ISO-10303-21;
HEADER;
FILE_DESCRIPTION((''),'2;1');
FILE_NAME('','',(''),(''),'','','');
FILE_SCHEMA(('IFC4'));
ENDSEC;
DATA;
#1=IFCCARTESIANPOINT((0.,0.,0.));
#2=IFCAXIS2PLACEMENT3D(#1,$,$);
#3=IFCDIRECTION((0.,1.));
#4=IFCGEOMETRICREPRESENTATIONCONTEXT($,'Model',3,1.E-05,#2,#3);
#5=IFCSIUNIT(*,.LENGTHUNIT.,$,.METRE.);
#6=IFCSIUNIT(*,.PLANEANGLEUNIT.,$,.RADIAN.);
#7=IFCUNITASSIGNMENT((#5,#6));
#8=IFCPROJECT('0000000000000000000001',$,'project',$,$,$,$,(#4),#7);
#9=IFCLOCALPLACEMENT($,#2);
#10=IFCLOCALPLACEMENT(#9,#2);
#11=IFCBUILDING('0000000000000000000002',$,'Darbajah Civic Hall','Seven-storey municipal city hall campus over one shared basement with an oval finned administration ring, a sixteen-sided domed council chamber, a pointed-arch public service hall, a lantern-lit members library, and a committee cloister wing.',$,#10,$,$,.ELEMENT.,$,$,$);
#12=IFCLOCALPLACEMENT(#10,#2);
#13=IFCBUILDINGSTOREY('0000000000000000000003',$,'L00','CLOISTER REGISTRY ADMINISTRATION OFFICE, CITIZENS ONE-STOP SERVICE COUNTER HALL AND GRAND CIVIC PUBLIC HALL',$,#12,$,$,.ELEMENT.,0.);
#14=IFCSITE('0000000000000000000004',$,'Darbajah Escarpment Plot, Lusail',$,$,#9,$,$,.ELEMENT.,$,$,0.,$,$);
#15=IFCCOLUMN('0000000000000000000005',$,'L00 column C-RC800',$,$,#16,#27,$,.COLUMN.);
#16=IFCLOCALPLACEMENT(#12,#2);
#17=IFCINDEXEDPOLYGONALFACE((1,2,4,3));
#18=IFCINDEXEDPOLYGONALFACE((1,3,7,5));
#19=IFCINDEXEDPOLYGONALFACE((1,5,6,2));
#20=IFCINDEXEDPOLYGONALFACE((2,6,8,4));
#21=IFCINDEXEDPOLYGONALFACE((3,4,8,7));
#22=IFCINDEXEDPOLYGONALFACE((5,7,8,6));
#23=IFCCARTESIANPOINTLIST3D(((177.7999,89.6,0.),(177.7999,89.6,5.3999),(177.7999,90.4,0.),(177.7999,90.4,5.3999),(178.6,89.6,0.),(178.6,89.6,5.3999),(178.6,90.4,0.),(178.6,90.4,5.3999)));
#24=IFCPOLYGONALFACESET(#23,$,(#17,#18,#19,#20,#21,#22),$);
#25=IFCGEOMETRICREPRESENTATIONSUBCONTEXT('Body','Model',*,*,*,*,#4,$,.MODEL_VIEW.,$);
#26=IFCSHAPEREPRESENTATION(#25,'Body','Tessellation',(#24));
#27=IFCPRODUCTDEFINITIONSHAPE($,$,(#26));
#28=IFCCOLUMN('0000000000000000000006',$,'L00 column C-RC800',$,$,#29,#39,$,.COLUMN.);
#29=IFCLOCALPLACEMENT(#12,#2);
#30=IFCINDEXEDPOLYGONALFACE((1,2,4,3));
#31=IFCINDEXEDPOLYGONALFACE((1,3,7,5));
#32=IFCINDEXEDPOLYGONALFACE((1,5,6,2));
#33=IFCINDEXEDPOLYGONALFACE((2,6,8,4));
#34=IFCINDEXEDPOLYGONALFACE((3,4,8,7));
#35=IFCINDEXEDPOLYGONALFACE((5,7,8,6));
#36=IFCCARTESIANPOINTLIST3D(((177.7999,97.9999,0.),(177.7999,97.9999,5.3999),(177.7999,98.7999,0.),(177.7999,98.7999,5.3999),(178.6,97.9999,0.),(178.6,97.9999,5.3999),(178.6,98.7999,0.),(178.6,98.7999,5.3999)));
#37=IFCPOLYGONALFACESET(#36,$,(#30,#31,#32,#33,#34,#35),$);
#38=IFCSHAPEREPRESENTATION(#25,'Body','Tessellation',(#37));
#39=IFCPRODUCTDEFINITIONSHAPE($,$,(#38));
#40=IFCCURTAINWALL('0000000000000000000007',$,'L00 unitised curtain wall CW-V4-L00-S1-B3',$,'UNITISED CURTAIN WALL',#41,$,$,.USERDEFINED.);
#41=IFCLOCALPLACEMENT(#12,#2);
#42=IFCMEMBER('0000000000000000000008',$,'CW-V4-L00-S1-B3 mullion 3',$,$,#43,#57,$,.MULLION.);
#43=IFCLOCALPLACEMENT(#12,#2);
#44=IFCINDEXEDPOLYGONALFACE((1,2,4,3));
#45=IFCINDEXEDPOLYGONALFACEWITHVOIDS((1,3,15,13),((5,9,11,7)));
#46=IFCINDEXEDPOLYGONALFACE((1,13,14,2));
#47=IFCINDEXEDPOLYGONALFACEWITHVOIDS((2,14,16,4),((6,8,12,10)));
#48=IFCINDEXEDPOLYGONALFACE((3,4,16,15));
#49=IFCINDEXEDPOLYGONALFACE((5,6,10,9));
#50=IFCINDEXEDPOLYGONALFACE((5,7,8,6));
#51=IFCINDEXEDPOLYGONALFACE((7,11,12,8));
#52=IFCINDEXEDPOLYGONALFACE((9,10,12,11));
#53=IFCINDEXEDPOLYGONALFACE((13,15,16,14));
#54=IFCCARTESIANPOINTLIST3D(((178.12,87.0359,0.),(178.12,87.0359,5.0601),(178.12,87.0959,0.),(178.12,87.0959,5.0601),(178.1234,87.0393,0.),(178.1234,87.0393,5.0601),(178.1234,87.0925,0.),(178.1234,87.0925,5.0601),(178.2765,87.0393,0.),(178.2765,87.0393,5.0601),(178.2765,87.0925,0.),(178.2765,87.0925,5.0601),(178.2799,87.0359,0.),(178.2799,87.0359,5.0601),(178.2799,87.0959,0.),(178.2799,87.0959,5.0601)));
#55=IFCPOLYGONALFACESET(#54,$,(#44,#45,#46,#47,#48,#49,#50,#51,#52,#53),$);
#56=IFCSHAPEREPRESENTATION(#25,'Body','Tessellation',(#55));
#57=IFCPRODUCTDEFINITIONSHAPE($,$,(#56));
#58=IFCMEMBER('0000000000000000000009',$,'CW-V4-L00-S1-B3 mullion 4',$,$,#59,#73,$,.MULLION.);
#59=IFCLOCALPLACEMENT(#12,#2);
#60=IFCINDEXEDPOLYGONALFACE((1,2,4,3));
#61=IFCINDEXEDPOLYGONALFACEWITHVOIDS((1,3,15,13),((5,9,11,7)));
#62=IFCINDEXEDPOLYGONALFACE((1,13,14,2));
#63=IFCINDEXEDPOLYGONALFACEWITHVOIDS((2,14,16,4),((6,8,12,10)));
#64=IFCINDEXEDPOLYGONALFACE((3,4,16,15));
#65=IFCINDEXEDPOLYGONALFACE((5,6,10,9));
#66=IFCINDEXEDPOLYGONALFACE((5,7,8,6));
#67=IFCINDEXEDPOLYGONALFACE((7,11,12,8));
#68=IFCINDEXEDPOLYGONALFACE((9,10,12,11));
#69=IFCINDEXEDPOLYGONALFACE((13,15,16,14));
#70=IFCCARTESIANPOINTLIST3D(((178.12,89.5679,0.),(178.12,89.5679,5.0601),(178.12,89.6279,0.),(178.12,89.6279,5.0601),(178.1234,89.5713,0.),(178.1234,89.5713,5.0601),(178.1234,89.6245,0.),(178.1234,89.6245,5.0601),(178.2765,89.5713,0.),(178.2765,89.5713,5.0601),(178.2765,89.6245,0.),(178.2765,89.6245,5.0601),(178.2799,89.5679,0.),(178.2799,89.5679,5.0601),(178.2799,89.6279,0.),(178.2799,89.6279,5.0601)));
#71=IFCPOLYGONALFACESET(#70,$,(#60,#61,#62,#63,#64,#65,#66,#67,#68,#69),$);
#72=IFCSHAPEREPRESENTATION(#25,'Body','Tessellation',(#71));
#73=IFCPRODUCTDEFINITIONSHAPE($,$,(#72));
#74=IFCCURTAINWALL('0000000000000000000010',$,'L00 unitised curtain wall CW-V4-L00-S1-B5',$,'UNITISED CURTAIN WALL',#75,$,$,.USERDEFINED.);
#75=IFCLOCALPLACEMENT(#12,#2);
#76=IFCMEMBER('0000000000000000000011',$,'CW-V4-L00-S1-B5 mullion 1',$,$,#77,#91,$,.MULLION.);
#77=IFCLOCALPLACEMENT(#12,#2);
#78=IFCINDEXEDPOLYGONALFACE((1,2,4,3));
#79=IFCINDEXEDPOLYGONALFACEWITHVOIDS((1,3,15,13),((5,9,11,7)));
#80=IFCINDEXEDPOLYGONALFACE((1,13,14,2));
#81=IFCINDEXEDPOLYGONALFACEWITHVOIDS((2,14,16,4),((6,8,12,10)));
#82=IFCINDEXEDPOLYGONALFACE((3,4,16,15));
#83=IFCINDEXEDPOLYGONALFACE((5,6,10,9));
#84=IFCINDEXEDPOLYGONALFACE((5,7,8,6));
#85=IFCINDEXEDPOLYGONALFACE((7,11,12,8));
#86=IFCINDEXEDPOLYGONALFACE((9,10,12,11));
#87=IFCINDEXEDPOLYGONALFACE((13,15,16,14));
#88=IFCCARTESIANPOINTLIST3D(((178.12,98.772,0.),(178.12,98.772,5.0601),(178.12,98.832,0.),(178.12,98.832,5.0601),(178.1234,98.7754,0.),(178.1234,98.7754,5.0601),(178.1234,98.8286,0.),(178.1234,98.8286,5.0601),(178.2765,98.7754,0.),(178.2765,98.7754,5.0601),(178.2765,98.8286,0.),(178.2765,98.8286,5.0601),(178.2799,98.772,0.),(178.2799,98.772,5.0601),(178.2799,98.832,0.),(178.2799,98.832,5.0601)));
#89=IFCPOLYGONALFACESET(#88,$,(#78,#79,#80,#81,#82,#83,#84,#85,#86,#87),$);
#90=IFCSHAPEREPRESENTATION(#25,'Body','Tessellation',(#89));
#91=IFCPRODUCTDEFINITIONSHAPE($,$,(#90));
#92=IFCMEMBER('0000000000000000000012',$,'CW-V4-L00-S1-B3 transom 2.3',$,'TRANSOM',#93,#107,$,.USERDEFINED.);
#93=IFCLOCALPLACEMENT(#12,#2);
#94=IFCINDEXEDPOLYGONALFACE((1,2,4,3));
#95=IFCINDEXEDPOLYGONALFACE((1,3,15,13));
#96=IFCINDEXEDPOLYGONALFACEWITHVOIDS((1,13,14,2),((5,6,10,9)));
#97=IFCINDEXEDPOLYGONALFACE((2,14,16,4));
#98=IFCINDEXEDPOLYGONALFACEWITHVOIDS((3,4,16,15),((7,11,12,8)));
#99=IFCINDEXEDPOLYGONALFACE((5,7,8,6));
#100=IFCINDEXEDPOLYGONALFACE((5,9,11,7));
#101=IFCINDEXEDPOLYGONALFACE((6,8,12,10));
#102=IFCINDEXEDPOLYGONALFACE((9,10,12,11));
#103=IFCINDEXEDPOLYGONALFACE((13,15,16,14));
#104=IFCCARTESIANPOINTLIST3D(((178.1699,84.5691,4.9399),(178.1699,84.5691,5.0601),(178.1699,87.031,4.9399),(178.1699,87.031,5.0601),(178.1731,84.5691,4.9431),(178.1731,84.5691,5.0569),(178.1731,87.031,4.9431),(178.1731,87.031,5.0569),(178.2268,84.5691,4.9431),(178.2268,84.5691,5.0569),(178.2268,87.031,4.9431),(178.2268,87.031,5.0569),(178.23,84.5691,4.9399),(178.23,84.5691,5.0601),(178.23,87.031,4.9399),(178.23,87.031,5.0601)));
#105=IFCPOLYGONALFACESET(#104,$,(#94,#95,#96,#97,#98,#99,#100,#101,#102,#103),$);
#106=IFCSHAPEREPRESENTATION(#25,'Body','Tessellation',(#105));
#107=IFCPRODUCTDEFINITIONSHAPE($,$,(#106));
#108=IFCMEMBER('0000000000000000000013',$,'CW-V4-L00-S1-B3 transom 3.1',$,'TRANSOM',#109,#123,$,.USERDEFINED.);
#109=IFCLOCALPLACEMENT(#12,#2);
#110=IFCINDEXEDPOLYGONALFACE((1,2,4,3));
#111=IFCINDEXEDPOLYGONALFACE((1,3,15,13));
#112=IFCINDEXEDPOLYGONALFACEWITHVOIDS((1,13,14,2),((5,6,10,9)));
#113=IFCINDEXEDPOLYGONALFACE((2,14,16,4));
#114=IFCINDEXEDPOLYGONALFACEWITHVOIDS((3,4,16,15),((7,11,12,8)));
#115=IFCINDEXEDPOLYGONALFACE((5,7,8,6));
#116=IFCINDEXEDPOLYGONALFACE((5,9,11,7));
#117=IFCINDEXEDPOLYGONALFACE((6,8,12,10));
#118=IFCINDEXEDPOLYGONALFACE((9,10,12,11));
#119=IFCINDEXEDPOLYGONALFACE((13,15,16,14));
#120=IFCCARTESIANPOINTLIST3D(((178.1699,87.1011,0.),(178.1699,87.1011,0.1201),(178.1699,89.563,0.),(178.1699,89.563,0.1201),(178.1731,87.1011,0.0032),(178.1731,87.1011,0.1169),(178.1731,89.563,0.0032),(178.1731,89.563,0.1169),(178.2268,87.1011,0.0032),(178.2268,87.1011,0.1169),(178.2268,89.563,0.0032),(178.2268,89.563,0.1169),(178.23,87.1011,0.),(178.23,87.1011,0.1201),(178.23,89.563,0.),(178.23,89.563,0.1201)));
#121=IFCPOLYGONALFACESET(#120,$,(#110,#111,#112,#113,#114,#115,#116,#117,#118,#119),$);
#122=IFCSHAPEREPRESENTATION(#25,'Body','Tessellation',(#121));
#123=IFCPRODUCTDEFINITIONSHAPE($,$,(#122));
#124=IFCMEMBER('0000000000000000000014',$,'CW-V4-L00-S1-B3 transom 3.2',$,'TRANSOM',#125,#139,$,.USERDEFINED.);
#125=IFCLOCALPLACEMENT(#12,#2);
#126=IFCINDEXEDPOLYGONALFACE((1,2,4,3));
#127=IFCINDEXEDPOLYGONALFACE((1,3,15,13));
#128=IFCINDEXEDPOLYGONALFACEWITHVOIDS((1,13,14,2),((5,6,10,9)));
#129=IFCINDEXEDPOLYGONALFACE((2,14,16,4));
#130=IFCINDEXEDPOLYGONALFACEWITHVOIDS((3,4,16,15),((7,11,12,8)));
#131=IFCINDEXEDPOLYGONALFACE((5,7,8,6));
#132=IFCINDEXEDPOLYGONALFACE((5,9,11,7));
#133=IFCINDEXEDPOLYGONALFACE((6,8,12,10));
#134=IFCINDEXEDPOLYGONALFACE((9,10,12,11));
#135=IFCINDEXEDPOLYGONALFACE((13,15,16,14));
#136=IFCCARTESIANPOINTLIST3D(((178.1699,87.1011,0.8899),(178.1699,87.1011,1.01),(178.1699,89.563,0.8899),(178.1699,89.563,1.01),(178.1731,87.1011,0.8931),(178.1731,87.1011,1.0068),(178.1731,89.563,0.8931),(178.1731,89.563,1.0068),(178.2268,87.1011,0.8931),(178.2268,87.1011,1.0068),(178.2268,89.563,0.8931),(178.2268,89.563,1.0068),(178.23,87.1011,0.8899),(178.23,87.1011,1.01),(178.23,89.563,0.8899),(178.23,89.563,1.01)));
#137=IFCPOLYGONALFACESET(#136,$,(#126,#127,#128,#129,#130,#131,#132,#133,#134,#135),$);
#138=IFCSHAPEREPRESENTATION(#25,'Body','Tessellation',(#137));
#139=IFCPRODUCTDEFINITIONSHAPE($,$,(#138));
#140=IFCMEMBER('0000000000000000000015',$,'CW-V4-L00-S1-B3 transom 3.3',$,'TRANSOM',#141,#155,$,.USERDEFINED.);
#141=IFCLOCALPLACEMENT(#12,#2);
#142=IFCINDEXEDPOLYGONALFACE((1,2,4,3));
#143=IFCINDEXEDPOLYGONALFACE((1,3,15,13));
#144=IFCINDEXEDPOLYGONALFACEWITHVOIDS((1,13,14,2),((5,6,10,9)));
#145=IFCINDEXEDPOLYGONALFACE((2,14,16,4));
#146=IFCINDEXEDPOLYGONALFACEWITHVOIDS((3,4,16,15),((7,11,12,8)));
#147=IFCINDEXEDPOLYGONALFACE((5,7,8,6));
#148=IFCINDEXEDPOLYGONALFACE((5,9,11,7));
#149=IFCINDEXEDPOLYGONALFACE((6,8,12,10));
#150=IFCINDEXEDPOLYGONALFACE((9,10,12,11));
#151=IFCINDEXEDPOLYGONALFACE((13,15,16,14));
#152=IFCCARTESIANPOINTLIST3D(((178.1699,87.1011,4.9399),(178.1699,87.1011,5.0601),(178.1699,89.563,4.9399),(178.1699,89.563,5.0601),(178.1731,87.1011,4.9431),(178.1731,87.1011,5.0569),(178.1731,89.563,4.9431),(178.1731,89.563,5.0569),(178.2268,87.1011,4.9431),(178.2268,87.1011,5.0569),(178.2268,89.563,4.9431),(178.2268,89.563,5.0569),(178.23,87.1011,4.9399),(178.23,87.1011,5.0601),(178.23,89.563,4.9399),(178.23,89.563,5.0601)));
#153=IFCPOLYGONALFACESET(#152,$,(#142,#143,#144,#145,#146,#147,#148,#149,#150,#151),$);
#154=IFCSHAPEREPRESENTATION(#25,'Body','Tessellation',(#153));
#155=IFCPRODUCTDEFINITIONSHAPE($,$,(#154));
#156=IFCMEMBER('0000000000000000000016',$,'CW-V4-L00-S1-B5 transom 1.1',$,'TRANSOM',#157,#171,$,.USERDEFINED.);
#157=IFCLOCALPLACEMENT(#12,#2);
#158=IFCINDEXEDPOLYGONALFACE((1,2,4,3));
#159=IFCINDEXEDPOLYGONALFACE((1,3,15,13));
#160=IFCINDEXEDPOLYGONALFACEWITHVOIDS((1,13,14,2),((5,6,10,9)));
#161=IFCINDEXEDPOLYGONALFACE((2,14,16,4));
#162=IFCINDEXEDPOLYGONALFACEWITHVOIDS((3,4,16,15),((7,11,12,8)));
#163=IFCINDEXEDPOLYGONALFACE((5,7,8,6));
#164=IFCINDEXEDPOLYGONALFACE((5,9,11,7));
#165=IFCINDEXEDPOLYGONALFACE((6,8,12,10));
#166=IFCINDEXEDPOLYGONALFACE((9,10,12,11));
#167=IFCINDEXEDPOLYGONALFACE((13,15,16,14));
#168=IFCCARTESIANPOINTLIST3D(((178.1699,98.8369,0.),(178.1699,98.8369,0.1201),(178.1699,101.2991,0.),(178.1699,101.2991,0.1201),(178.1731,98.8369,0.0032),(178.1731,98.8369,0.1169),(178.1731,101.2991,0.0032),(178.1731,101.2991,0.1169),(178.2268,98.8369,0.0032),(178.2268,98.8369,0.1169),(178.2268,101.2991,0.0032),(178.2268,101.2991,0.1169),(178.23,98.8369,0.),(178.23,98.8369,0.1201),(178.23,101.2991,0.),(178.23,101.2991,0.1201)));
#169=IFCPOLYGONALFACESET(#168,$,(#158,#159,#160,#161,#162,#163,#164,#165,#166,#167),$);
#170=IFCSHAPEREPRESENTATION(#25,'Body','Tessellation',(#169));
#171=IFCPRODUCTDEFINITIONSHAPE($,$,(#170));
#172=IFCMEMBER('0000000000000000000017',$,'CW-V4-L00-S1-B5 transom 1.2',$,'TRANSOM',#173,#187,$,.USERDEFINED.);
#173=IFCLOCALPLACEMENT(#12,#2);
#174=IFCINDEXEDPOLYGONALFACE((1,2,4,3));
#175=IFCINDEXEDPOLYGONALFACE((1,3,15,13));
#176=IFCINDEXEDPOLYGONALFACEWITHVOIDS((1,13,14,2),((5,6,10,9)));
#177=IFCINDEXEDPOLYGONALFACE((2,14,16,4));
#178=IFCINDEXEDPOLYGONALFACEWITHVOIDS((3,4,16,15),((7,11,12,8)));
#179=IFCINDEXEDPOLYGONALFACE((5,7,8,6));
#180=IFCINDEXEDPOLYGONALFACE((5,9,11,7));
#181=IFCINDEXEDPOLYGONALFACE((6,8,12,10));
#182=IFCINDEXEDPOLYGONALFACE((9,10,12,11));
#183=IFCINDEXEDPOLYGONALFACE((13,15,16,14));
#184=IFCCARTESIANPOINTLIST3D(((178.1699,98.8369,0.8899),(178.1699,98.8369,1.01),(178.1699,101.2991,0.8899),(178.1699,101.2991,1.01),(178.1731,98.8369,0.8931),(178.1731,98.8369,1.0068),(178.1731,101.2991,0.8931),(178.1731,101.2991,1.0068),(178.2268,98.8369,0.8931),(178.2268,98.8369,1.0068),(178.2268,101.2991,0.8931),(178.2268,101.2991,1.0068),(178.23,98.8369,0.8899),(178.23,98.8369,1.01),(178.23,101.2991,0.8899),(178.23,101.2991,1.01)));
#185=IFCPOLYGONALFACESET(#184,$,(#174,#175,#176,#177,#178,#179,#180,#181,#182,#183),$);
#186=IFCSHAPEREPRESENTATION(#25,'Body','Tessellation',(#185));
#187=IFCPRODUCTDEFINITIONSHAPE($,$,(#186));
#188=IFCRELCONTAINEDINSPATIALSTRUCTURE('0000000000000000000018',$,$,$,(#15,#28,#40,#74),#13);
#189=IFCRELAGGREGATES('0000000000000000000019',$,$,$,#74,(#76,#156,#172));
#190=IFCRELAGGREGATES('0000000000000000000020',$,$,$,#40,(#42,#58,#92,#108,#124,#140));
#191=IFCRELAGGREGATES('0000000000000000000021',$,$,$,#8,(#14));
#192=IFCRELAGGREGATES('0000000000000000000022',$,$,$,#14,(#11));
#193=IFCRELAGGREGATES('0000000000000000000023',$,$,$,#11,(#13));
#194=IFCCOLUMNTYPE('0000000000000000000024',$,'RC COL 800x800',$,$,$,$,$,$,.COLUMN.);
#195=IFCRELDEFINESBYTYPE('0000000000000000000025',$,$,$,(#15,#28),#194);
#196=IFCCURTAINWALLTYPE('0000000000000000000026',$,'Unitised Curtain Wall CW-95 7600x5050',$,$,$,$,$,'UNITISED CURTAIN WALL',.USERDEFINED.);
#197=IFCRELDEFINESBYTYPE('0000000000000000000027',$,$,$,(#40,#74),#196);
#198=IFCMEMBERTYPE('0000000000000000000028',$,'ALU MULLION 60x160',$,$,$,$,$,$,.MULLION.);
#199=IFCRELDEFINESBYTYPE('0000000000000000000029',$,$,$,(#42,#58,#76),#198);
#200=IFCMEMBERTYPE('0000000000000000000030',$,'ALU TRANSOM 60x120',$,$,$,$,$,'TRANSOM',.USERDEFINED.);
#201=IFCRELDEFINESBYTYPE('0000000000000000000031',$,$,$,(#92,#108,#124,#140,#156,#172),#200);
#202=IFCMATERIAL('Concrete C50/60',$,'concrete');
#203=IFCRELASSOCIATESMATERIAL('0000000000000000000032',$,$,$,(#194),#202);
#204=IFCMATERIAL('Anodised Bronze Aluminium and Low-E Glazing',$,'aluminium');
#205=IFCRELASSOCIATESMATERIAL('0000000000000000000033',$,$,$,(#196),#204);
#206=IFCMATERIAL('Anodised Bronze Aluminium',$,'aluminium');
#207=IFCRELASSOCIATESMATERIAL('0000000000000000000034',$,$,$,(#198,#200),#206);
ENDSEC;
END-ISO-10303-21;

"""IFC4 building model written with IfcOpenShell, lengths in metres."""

from ifc_helpers import new_model, si_unit, direction, frame, origin, origin_2d, place, context, subcontext, project, spatial, rectangle, hollow_rectangle, extrude, material, material_profile, profile_set, type_object, element, aggregate, save


model = new_model("IFC4")

# Units and contexts
model_context = context("Model", 3, precision=1e-05, world=origin(), true_north=direction((0.0, 1.0)))
body_context = subcontext(model_context, "Body", "Model", "MODEL_VIEW")
ifc_project = project(units=[si_unit("LENGTHUNIT", "METRE"), si_unit("PLANEANGLEUNIT", "RADIAN")], contexts=[model_context])

# Site, building, storey
site_placement = place(None, origin())
site = spatial("IfcSite", under=ifc_project, at=site_placement, Name="Darbajah Escarpment Plot, Lusail", CompositionType="ELEMENT", RefElevation=0.0)
building_placement = place(site_placement, origin())
building = spatial("IfcBuilding", under=site, at=building_placement, Name="Darbajah Civic Hall", Description="Seven-storey municipal city hall campus over one shared basement with an oval finned administration ring, a sixteen-sided domed council chamber, a pointed-arch public service hall, a lantern-lit members library, and a committee cloister wing.", CompositionType="ELEMENT")
storey_placement = place(building_placement, origin())
storey = spatial("IfcBuildingStorey", under=building, at=storey_placement, Name="L00", Description="CLOISTER REGISTRY ADMINISTRATION OFFICE, CITIZENS ONE-STOP SERVICE COUNTER HALL AND GRAND CIVIC PUBLIC HALL", CompositionType="ELEMENT", Elevation=0.0)

# Columns
ifc_material_1 = material(Name="Concrete C50/60", Category="concrete")
ifc_material_profile_1 = material_profile(ifc_material_1, rectangle(XDim=0.8, YDim=0.8, at=origin_2d()), Name="RC COL 800x800")
ifc_profile_set_1 = profile_set([ifc_material_profile_1], Name="Concrete C50/60")
column_type = type_object("IfcColumnType", Name="RC COL 800x800", PredefinedType="COLUMN", material=ifc_profile_set_1)
for number, where, z_axis, x_axis, name in (
    (1, (178.2, 90.0, 0.0), (0.0, 0.0, 1.0), (1.0, 0.0, 0.0), "L00 column C-RC800"),
    (2, (178.2, 98.3999, 0.0), (0.0, 0.0, 1.0), (1.0, 0.0, 0.0), "L00 column C-RC800"),
):
    element("IfcColumn", number, at=place(storey_placement, frame(where, z_axis=z_axis, x_axis=x_axis)), inside=storey, type_object=column_type, Name=name, PredefinedType="COLUMN", context=body_context, shape_type="SweptSolid", body=[
        extrude(rectangle(XDim=0.8, YDim=0.8, at=origin_2d()), origin(), (0.0, 0.0, 1.0), 5.3999),
    ])

# Curtain wall, members
ifc_material_2 = material(Name="Anodised Bronze Aluminium and Low-E Glazing", Category="aluminium")
curtain_wall_type = type_object("IfcCurtainWallType", Name="Unitised Curtain Wall CW-95 7600x5050", ElementType="UNITISED CURTAIN WALL", PredefinedType="USERDEFINED", material=ifc_material_2)
curtain_wall_1_placement = place(storey_placement, origin())
curtain_wall_1 = element("IfcCurtainWall", 3, at=curtain_wall_1_placement, inside=storey, type_object=curtain_wall_type, Name="L00 unitised curtain wall CW-V4-L00-S1-B3", ObjectType="UNITISED CURTAIN WALL", PredefinedType="USERDEFINED")
ifc_material_3 = material(Name="Anodised Bronze Aluminium", Category="aluminium")
ifc_material_profile_2 = material_profile(ifc_material_3, hollow_rectangle(XDim=0.0601, YDim=0.1599, WallThickness=0.0034, at=origin_2d()), Name="ALU MULLION 60x160")
ifc_profile_set_2 = profile_set([ifc_material_profile_2], Name="Anodised Bronze Aluminium")
member_type_1 = type_object("IfcMemberType", Name="ALU MULLION 60x160", PredefinedType="MULLION", material=ifc_profile_set_2)
member_1_placement = place(storey_placement, frame((178.2, 87.0659, 0.0), z_axis=(0.0, 0.0, 1.0), x_axis=(0.0, 1.0, 0.0)))
member_1 = element("IfcMember", 4, at=member_1_placement, type_object=member_type_1, Name="CW-V4-L00-S1-B3 mullion 3", PredefinedType="MULLION", context=body_context, shape_type="SweptSolid", body=[
    extrude(hollow_rectangle(XDim=0.0601, YDim=0.1599, WallThickness=0.0034, at=origin_2d()), origin(), (0.0, 0.0, 1.0), 5.0601),
])
member_2_placement = place(storey_placement, frame((178.2, 89.5979, 0.0), z_axis=(0.0, 0.0, 1.0), x_axis=(0.0, 1.0, 0.0)))
member_2 = element("IfcMember", 5, at=member_2_placement, type_object=member_type_1, Name="CW-V4-L00-S1-B3 mullion 4", PredefinedType="MULLION", context=body_context, shape_type="SweptSolid", body=[
    extrude(hollow_rectangle(XDim=0.0601, YDim=0.1599, WallThickness=0.0034, at=origin_2d()), origin(), (0.0, 0.0, 1.0), 5.0601),
])

# Curtain wall, member
curtain_wall_2_placement = place(storey_placement, origin())
curtain_wall_2 = element("IfcCurtainWall", 6, at=curtain_wall_2_placement, inside=storey, type_object=curtain_wall_type, Name="L00 unitised curtain wall CW-V4-L00-S1-B5", ObjectType="UNITISED CURTAIN WALL", PredefinedType="USERDEFINED")
member_3_placement = place(storey_placement, frame((178.2, 98.802, 0.0), z_axis=(0.0, 0.0, 1.0), x_axis=(0.0, 1.0, 0.0)))
member_3 = element("IfcMember", 7, at=member_3_placement, type_object=member_type_1, Name="CW-V4-L00-S1-B5 mullion 1", PredefinedType="MULLION", context=body_context, shape_type="SweptSolid", body=[
    extrude(hollow_rectangle(XDim=0.0601, YDim=0.1599, WallThickness=0.0034, at=origin_2d()), origin(), (0.0, 0.0, 1.0), 5.0601),
])

# Members
ifc_material_profile_3 = material_profile(ifc_material_3, hollow_rectangle(XDim=0.0601, YDim=0.1201, WallThickness=0.0032, at=origin_2d()), Name="ALU TRANSOM 60x120")
ifc_profile_set_3 = profile_set([ifc_material_profile_3], Name="Anodised Bronze Aluminium")
member_type_2 = type_object("IfcMemberType", Name="ALU TRANSOM 60x120", ElementType="TRANSOM", PredefinedType="USERDEFINED", material=ifc_profile_set_3)
member_4_placement = place(storey_placement, frame((178.2, 84.5691, 5.0), z_axis=(0.0, 1.0, 0.0), x_axis=(-1.0, 0.0, 0.0)))
member_4 = element("IfcMember", 8, at=member_4_placement, type_object=member_type_2, Name="CW-V4-L00-S1-B3 transom 2.3", ObjectType="TRANSOM", PredefinedType="USERDEFINED", context=body_context, shape_type="SweptSolid", body=[
    extrude(hollow_rectangle(XDim=0.0601, YDim=0.1201, WallThickness=0.0032, at=origin_2d()), origin(), (0.0, 0.0, 1.0), 2.4619),
])
member_5_placement = place(storey_placement, frame((178.2, 87.1011, 0.0601), z_axis=(0.0, 1.0, 0.0), x_axis=(-1.0, 0.0, 0.0)))
member_5 = element("IfcMember", 9, at=member_5_placement, type_object=member_type_2, Name="CW-V4-L00-S1-B3 transom 3.1", ObjectType="TRANSOM", PredefinedType="USERDEFINED", context=body_context, shape_type="SweptSolid", body=[
    extrude(hollow_rectangle(XDim=0.0601, YDim=0.1201, WallThickness=0.0032, at=origin_2d()), origin(), (0.0, 0.0, 1.0), 2.4619),
])
member_6_placement = place(storey_placement, frame((178.2, 87.1011, 0.95), z_axis=(0.0, 1.0, 0.0), x_axis=(-1.0, 0.0, 0.0)))
member_6 = element("IfcMember", 10, at=member_6_placement, type_object=member_type_2, Name="CW-V4-L00-S1-B3 transom 3.2", ObjectType="TRANSOM", PredefinedType="USERDEFINED", context=body_context, shape_type="SweptSolid", body=[
    extrude(hollow_rectangle(XDim=0.0601, YDim=0.1201, WallThickness=0.0032, at=origin_2d()), origin(), (0.0, 0.0, 1.0), 2.4619),
])
member_7_placement = place(storey_placement, frame((178.2, 87.1011, 5.0), z_axis=(0.0, 1.0, 0.0), x_axis=(-1.0, 0.0, 0.0)))
member_7 = element("IfcMember", 11, at=member_7_placement, type_object=member_type_2, Name="CW-V4-L00-S1-B3 transom 3.3", ObjectType="TRANSOM", PredefinedType="USERDEFINED", context=body_context, shape_type="SweptSolid", body=[
    extrude(hollow_rectangle(XDim=0.0601, YDim=0.1201, WallThickness=0.0032, at=origin_2d()), origin(), (0.0, 0.0, 1.0), 2.4619),
])
member_8_placement = place(storey_placement, frame((178.2, 98.8369, 0.0601), z_axis=(0.0, 1.0, 0.0), x_axis=(-1.0, 0.0, 0.0)))
member_8 = element("IfcMember", 12, at=member_8_placement, type_object=member_type_2, Name="CW-V4-L00-S1-B5 transom 1.1", ObjectType="TRANSOM", PredefinedType="USERDEFINED", context=body_context, shape_type="SweptSolid", body=[
    extrude(hollow_rectangle(XDim=0.0601, YDim=0.1201, WallThickness=0.0032, at=origin_2d()), origin(), (0.0, 0.0, 1.0), 2.4622),
])
member_9_placement = place(storey_placement, frame((178.2, 98.8369, 0.95), z_axis=(0.0, 1.0, 0.0), x_axis=(-1.0, 0.0, 0.0)))
member_9 = element("IfcMember", 13, at=member_9_placement, type_object=member_type_2, Name="CW-V4-L00-S1-B5 transom 1.2", ObjectType="TRANSOM", PredefinedType="USERDEFINED", context=body_context, shape_type="SweptSolid", body=[
    extrude(hollow_rectangle(XDim=0.0601, YDim=0.1201, WallThickness=0.0032, at=origin_2d()), origin(), (0.0, 0.0, 1.0), 2.4622),
])
aggregate(curtain_wall_2, [member_3, member_8, member_9])

aggregate(curtain_wall_1, [member_1, member_2, member_4, member_5, member_6, member_7])

save(model, "model.ifc")
